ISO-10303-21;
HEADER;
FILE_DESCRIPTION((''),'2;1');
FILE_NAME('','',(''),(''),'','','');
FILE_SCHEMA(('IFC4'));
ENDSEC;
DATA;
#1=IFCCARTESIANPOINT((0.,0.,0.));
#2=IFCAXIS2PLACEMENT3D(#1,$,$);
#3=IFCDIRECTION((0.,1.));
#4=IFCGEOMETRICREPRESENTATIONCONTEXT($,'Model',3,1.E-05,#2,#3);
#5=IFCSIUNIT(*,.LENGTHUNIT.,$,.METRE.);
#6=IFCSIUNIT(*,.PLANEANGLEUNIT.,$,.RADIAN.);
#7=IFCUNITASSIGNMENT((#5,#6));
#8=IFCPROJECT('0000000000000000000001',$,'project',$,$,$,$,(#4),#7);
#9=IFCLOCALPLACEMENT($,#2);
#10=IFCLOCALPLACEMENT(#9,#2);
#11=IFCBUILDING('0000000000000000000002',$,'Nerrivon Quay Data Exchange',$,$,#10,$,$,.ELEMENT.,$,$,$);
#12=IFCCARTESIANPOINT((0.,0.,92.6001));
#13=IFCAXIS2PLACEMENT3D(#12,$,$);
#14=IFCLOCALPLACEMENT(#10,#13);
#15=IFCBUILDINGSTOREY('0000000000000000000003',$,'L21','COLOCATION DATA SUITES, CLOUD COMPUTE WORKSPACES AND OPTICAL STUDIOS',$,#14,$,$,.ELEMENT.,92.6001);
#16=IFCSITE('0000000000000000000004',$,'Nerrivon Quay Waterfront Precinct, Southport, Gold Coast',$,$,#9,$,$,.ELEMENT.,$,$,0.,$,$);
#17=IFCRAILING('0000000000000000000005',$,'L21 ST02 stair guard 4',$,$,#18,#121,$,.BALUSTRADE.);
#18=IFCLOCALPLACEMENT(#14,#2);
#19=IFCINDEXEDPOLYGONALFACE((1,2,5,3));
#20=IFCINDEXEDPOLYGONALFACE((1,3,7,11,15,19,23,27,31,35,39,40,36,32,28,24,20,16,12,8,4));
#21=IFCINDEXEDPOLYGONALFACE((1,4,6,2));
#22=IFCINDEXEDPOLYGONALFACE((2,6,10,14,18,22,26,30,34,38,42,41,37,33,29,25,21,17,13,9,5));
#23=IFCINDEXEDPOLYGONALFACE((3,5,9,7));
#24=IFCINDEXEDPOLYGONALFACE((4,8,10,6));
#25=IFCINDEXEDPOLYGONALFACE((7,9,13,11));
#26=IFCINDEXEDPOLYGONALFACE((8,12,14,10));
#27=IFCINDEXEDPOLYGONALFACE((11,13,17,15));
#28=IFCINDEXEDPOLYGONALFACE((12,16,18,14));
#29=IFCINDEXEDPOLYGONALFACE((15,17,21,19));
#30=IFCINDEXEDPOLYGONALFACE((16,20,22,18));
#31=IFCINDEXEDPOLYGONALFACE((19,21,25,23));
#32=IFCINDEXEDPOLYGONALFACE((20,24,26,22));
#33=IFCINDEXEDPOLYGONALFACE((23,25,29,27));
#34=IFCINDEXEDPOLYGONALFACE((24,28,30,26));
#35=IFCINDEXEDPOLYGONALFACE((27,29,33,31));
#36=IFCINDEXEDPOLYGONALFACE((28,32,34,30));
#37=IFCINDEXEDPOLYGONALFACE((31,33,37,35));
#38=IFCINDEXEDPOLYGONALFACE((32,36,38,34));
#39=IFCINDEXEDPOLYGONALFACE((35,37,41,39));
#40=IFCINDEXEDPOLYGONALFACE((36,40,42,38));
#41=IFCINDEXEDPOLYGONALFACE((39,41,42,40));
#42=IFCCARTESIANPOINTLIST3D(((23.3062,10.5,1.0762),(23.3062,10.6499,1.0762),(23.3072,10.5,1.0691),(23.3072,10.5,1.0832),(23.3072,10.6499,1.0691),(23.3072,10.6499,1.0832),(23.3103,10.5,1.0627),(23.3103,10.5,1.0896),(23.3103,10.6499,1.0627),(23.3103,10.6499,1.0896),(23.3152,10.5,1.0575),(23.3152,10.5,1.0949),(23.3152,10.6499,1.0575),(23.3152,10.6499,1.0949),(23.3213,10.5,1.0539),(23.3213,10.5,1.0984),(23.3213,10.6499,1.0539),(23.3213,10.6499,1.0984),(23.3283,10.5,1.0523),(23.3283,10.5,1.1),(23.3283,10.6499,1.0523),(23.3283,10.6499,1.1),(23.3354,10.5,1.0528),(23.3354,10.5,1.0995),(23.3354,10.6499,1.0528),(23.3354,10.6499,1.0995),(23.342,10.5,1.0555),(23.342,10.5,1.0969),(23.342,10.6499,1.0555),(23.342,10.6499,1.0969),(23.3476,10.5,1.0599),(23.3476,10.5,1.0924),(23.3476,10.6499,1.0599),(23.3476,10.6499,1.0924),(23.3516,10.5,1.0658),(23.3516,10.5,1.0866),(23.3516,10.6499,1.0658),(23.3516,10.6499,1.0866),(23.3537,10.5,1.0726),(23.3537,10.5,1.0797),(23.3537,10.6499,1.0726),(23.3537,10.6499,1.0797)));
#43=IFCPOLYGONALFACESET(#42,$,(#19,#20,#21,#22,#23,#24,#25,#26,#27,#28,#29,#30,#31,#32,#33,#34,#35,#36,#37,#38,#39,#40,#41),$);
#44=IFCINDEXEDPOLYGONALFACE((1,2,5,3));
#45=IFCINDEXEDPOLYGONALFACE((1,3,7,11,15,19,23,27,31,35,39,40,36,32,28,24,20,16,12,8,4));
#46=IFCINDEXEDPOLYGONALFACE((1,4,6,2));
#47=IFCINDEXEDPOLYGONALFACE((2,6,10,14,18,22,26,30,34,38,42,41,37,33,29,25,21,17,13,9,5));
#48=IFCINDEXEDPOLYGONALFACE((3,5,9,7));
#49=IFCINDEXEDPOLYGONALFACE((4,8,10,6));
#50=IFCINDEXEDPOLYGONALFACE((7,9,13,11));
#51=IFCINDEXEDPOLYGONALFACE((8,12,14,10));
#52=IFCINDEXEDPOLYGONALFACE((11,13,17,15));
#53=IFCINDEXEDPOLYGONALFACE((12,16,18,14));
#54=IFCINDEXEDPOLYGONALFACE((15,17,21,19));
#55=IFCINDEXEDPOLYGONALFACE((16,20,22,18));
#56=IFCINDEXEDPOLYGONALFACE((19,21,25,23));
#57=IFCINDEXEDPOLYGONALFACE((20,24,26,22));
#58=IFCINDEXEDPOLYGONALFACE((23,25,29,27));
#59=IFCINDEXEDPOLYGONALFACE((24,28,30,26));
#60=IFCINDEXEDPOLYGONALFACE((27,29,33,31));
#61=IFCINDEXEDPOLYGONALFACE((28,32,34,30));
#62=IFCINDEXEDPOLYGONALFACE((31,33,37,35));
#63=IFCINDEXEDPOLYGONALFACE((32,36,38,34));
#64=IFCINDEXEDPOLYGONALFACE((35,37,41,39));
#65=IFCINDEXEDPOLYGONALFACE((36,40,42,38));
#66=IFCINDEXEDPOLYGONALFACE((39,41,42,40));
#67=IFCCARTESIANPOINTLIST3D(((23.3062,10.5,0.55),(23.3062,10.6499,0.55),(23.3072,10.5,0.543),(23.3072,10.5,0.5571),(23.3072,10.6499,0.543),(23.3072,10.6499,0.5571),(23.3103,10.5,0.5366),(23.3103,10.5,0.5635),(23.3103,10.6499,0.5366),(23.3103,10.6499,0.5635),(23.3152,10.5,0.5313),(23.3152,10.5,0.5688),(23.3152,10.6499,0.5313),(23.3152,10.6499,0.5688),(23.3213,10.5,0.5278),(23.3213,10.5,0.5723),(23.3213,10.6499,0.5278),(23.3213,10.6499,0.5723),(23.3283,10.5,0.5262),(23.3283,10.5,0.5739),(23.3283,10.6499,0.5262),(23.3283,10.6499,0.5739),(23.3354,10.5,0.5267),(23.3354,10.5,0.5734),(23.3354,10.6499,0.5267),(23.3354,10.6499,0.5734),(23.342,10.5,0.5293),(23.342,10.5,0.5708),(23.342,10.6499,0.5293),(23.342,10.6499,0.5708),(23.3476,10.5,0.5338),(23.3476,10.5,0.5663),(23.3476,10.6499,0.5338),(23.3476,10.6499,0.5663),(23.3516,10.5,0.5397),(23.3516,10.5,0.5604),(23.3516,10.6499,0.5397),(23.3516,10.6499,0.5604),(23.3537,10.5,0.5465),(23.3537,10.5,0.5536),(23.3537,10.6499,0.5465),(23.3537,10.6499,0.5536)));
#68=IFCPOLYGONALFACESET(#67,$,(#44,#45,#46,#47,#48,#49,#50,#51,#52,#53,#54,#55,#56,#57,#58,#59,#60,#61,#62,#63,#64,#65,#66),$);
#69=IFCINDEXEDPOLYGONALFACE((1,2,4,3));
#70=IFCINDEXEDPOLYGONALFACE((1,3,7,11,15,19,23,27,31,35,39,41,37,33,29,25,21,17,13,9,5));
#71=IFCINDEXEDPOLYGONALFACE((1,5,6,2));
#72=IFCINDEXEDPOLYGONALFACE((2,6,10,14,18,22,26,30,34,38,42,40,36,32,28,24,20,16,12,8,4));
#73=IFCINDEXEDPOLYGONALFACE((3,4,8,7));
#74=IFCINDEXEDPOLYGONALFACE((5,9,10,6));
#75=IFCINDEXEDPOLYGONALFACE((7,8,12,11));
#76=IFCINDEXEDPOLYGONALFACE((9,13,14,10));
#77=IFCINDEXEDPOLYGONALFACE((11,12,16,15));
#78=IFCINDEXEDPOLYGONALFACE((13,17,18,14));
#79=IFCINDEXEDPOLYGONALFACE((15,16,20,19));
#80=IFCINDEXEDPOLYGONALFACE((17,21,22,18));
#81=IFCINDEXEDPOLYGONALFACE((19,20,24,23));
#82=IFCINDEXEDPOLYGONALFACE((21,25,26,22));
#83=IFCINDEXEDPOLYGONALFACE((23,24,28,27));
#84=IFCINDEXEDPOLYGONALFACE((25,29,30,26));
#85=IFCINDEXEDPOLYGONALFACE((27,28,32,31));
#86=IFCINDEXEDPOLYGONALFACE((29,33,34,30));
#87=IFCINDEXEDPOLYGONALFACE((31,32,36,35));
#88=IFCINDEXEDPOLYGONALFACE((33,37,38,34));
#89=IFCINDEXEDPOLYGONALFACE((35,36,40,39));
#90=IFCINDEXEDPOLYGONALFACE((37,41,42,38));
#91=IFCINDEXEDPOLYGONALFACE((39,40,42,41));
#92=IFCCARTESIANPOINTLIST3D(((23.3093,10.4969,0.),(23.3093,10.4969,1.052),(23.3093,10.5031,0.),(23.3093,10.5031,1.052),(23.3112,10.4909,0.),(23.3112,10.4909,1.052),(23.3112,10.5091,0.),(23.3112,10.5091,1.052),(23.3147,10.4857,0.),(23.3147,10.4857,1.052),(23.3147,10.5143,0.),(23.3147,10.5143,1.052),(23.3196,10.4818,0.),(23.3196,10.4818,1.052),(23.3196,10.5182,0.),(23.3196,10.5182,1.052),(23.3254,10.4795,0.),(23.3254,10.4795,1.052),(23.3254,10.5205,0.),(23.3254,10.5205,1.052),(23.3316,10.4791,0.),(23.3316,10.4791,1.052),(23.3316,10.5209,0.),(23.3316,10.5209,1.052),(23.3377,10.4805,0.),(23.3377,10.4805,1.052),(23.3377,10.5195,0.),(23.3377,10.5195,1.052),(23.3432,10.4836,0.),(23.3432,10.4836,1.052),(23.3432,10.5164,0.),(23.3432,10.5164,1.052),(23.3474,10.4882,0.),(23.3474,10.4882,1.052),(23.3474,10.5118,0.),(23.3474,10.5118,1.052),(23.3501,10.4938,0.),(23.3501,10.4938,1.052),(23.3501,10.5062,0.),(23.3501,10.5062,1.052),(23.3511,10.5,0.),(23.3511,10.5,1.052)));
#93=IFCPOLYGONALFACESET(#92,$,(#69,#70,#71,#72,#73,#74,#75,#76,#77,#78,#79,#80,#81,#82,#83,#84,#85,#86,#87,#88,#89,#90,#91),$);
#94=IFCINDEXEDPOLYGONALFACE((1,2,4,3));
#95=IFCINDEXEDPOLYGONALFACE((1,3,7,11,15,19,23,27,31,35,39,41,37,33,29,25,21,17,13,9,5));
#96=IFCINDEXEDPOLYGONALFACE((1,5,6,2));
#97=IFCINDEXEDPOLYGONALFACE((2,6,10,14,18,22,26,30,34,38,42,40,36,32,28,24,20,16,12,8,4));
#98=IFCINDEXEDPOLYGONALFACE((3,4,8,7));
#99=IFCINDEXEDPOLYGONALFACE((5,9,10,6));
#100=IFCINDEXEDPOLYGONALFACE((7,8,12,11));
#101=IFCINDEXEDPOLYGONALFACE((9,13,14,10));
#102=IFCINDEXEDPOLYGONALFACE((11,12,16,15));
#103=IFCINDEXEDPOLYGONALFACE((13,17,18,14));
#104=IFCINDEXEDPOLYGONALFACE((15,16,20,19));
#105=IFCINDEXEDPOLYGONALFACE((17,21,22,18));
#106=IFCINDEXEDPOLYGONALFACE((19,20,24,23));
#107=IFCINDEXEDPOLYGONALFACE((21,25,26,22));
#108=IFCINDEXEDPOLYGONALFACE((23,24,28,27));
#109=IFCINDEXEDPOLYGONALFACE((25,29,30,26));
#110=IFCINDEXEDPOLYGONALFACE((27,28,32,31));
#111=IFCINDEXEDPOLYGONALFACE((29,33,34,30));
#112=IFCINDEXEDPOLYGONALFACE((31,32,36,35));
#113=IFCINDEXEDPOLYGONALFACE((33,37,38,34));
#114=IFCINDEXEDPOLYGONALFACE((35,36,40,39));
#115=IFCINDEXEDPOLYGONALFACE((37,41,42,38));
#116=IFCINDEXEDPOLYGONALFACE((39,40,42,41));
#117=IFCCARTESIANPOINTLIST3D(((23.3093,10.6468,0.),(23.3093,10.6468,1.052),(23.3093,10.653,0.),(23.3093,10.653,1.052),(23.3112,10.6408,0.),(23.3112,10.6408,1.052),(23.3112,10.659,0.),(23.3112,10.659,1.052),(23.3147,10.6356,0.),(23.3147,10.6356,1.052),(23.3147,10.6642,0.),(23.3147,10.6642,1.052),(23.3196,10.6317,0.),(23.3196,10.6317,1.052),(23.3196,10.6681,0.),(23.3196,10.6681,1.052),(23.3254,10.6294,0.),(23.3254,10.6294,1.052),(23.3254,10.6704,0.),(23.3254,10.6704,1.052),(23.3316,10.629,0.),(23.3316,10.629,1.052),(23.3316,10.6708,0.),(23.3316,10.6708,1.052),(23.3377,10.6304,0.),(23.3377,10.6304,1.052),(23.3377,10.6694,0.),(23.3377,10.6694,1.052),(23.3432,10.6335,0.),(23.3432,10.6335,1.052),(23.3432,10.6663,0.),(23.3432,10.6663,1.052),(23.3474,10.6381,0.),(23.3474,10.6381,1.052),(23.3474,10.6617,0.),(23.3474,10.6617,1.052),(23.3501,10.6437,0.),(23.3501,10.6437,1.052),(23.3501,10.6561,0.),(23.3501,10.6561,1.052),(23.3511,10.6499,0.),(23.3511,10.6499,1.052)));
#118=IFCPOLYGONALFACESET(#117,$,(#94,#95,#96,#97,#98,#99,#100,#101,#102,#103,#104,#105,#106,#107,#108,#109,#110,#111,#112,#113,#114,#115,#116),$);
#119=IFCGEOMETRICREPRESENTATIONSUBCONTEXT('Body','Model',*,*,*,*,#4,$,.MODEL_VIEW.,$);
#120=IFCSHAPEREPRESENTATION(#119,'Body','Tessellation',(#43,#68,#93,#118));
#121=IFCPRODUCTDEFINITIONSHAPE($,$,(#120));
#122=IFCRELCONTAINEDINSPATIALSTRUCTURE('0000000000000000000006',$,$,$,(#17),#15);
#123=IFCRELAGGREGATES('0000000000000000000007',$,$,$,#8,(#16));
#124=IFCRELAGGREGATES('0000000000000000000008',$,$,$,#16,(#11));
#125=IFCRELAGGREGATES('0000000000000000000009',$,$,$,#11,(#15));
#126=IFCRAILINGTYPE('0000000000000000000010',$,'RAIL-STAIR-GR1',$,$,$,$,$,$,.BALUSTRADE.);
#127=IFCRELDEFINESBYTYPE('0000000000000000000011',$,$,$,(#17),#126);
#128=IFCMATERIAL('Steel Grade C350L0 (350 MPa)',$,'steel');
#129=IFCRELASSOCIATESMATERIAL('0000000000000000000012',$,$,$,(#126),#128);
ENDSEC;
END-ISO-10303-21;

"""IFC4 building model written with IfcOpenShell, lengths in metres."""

from ifc_helpers import new_model, si_unit, direction, frame, origin, origin_2d, place, context, subcontext, project, spatial, circle, extrude, material, type_object, element, save


model = new_model("IFC4")

# Units and contexts
model_context = context("Model", 3, precision=1e-05, world=origin(), true_north=direction((0.0, 1.0)))
body_context = subcontext(model_context, "Body", "Model", "MODEL_VIEW")
ifc_project = project(units=[si_unit("LENGTHUNIT", "METRE"), si_unit("PLANEANGLEUNIT", "RADIAN")], contexts=[model_context])

# Site, building, storey
site_placement = place(None, origin())
site = spatial("IfcSite", under=ifc_project, at=site_placement, Name="Nerrivon Quay Waterfront Precinct, Southport, Gold Coast", CompositionType="ELEMENT", RefElevation=0.0)
building_placement = place(site_placement, origin())
building = spatial("IfcBuilding", under=site, at=building_placement, Name="Nerrivon Quay Data Exchange", CompositionType="ELEMENT")
storey_placement = place(building_placement, frame((0.0, 0.0, 92.6001)))
storey = spatial("IfcBuildingStorey", under=building, at=storey_placement, Name="L21", Description="COLOCATION DATA SUITES, CLOUD COMPUTE WORKSPACES AND OPTICAL STUDIOS", CompositionType="ELEMENT", Elevation=92.6001)

# Railing
ifc_material_1 = material(Name="Steel Grade C350L0 (350 MPa)", Category="steel")
railing_type_1 = type_object("IfcRailingType", Name="RAIL-STAIR-GR1", PredefinedType="BALUSTRADE", material=ifc_material_1)
railing_1_placement = place(storey_placement, frame((23.3301, 10.5, 0.0)))
element("IfcRailing", 1, at=railing_1_placement, inside=storey, type_object=railing_type_1, Name="L21 ST02 stair guard 4", PredefinedType="BALUSTRADE", context=body_context, shape_type="SweptSolid", body=[
    extrude(circle(Radius=0.0239, at=origin_2d()), frame((0.0, 0.0, 1.0762), z_axis=(0.0, 1.0, 0.0), x_axis=(-1.0, 0.0, 0.0)), (0.0, 0.0, 1.0), 0.1499),
    extrude(circle(Radius=0.0239, at=origin_2d()), frame((0.0, 0.0, 0.55), z_axis=(0.0, 1.0, 0.0), x_axis=(-1.0, 0.0, 0.0)), (0.0, 0.0, 1.0), 0.1499),
    extrude(circle(Radius=0.021, at=origin_2d()), origin(), (0.0, 0.0, 1.0), 1.052),
    extrude(circle(Radius=0.021, at=origin_2d()), frame((0.0, 0.1499, 0.0)), (0.0, 0.0, 1.0), 1.052),
])

save(model, "model.ifc")
